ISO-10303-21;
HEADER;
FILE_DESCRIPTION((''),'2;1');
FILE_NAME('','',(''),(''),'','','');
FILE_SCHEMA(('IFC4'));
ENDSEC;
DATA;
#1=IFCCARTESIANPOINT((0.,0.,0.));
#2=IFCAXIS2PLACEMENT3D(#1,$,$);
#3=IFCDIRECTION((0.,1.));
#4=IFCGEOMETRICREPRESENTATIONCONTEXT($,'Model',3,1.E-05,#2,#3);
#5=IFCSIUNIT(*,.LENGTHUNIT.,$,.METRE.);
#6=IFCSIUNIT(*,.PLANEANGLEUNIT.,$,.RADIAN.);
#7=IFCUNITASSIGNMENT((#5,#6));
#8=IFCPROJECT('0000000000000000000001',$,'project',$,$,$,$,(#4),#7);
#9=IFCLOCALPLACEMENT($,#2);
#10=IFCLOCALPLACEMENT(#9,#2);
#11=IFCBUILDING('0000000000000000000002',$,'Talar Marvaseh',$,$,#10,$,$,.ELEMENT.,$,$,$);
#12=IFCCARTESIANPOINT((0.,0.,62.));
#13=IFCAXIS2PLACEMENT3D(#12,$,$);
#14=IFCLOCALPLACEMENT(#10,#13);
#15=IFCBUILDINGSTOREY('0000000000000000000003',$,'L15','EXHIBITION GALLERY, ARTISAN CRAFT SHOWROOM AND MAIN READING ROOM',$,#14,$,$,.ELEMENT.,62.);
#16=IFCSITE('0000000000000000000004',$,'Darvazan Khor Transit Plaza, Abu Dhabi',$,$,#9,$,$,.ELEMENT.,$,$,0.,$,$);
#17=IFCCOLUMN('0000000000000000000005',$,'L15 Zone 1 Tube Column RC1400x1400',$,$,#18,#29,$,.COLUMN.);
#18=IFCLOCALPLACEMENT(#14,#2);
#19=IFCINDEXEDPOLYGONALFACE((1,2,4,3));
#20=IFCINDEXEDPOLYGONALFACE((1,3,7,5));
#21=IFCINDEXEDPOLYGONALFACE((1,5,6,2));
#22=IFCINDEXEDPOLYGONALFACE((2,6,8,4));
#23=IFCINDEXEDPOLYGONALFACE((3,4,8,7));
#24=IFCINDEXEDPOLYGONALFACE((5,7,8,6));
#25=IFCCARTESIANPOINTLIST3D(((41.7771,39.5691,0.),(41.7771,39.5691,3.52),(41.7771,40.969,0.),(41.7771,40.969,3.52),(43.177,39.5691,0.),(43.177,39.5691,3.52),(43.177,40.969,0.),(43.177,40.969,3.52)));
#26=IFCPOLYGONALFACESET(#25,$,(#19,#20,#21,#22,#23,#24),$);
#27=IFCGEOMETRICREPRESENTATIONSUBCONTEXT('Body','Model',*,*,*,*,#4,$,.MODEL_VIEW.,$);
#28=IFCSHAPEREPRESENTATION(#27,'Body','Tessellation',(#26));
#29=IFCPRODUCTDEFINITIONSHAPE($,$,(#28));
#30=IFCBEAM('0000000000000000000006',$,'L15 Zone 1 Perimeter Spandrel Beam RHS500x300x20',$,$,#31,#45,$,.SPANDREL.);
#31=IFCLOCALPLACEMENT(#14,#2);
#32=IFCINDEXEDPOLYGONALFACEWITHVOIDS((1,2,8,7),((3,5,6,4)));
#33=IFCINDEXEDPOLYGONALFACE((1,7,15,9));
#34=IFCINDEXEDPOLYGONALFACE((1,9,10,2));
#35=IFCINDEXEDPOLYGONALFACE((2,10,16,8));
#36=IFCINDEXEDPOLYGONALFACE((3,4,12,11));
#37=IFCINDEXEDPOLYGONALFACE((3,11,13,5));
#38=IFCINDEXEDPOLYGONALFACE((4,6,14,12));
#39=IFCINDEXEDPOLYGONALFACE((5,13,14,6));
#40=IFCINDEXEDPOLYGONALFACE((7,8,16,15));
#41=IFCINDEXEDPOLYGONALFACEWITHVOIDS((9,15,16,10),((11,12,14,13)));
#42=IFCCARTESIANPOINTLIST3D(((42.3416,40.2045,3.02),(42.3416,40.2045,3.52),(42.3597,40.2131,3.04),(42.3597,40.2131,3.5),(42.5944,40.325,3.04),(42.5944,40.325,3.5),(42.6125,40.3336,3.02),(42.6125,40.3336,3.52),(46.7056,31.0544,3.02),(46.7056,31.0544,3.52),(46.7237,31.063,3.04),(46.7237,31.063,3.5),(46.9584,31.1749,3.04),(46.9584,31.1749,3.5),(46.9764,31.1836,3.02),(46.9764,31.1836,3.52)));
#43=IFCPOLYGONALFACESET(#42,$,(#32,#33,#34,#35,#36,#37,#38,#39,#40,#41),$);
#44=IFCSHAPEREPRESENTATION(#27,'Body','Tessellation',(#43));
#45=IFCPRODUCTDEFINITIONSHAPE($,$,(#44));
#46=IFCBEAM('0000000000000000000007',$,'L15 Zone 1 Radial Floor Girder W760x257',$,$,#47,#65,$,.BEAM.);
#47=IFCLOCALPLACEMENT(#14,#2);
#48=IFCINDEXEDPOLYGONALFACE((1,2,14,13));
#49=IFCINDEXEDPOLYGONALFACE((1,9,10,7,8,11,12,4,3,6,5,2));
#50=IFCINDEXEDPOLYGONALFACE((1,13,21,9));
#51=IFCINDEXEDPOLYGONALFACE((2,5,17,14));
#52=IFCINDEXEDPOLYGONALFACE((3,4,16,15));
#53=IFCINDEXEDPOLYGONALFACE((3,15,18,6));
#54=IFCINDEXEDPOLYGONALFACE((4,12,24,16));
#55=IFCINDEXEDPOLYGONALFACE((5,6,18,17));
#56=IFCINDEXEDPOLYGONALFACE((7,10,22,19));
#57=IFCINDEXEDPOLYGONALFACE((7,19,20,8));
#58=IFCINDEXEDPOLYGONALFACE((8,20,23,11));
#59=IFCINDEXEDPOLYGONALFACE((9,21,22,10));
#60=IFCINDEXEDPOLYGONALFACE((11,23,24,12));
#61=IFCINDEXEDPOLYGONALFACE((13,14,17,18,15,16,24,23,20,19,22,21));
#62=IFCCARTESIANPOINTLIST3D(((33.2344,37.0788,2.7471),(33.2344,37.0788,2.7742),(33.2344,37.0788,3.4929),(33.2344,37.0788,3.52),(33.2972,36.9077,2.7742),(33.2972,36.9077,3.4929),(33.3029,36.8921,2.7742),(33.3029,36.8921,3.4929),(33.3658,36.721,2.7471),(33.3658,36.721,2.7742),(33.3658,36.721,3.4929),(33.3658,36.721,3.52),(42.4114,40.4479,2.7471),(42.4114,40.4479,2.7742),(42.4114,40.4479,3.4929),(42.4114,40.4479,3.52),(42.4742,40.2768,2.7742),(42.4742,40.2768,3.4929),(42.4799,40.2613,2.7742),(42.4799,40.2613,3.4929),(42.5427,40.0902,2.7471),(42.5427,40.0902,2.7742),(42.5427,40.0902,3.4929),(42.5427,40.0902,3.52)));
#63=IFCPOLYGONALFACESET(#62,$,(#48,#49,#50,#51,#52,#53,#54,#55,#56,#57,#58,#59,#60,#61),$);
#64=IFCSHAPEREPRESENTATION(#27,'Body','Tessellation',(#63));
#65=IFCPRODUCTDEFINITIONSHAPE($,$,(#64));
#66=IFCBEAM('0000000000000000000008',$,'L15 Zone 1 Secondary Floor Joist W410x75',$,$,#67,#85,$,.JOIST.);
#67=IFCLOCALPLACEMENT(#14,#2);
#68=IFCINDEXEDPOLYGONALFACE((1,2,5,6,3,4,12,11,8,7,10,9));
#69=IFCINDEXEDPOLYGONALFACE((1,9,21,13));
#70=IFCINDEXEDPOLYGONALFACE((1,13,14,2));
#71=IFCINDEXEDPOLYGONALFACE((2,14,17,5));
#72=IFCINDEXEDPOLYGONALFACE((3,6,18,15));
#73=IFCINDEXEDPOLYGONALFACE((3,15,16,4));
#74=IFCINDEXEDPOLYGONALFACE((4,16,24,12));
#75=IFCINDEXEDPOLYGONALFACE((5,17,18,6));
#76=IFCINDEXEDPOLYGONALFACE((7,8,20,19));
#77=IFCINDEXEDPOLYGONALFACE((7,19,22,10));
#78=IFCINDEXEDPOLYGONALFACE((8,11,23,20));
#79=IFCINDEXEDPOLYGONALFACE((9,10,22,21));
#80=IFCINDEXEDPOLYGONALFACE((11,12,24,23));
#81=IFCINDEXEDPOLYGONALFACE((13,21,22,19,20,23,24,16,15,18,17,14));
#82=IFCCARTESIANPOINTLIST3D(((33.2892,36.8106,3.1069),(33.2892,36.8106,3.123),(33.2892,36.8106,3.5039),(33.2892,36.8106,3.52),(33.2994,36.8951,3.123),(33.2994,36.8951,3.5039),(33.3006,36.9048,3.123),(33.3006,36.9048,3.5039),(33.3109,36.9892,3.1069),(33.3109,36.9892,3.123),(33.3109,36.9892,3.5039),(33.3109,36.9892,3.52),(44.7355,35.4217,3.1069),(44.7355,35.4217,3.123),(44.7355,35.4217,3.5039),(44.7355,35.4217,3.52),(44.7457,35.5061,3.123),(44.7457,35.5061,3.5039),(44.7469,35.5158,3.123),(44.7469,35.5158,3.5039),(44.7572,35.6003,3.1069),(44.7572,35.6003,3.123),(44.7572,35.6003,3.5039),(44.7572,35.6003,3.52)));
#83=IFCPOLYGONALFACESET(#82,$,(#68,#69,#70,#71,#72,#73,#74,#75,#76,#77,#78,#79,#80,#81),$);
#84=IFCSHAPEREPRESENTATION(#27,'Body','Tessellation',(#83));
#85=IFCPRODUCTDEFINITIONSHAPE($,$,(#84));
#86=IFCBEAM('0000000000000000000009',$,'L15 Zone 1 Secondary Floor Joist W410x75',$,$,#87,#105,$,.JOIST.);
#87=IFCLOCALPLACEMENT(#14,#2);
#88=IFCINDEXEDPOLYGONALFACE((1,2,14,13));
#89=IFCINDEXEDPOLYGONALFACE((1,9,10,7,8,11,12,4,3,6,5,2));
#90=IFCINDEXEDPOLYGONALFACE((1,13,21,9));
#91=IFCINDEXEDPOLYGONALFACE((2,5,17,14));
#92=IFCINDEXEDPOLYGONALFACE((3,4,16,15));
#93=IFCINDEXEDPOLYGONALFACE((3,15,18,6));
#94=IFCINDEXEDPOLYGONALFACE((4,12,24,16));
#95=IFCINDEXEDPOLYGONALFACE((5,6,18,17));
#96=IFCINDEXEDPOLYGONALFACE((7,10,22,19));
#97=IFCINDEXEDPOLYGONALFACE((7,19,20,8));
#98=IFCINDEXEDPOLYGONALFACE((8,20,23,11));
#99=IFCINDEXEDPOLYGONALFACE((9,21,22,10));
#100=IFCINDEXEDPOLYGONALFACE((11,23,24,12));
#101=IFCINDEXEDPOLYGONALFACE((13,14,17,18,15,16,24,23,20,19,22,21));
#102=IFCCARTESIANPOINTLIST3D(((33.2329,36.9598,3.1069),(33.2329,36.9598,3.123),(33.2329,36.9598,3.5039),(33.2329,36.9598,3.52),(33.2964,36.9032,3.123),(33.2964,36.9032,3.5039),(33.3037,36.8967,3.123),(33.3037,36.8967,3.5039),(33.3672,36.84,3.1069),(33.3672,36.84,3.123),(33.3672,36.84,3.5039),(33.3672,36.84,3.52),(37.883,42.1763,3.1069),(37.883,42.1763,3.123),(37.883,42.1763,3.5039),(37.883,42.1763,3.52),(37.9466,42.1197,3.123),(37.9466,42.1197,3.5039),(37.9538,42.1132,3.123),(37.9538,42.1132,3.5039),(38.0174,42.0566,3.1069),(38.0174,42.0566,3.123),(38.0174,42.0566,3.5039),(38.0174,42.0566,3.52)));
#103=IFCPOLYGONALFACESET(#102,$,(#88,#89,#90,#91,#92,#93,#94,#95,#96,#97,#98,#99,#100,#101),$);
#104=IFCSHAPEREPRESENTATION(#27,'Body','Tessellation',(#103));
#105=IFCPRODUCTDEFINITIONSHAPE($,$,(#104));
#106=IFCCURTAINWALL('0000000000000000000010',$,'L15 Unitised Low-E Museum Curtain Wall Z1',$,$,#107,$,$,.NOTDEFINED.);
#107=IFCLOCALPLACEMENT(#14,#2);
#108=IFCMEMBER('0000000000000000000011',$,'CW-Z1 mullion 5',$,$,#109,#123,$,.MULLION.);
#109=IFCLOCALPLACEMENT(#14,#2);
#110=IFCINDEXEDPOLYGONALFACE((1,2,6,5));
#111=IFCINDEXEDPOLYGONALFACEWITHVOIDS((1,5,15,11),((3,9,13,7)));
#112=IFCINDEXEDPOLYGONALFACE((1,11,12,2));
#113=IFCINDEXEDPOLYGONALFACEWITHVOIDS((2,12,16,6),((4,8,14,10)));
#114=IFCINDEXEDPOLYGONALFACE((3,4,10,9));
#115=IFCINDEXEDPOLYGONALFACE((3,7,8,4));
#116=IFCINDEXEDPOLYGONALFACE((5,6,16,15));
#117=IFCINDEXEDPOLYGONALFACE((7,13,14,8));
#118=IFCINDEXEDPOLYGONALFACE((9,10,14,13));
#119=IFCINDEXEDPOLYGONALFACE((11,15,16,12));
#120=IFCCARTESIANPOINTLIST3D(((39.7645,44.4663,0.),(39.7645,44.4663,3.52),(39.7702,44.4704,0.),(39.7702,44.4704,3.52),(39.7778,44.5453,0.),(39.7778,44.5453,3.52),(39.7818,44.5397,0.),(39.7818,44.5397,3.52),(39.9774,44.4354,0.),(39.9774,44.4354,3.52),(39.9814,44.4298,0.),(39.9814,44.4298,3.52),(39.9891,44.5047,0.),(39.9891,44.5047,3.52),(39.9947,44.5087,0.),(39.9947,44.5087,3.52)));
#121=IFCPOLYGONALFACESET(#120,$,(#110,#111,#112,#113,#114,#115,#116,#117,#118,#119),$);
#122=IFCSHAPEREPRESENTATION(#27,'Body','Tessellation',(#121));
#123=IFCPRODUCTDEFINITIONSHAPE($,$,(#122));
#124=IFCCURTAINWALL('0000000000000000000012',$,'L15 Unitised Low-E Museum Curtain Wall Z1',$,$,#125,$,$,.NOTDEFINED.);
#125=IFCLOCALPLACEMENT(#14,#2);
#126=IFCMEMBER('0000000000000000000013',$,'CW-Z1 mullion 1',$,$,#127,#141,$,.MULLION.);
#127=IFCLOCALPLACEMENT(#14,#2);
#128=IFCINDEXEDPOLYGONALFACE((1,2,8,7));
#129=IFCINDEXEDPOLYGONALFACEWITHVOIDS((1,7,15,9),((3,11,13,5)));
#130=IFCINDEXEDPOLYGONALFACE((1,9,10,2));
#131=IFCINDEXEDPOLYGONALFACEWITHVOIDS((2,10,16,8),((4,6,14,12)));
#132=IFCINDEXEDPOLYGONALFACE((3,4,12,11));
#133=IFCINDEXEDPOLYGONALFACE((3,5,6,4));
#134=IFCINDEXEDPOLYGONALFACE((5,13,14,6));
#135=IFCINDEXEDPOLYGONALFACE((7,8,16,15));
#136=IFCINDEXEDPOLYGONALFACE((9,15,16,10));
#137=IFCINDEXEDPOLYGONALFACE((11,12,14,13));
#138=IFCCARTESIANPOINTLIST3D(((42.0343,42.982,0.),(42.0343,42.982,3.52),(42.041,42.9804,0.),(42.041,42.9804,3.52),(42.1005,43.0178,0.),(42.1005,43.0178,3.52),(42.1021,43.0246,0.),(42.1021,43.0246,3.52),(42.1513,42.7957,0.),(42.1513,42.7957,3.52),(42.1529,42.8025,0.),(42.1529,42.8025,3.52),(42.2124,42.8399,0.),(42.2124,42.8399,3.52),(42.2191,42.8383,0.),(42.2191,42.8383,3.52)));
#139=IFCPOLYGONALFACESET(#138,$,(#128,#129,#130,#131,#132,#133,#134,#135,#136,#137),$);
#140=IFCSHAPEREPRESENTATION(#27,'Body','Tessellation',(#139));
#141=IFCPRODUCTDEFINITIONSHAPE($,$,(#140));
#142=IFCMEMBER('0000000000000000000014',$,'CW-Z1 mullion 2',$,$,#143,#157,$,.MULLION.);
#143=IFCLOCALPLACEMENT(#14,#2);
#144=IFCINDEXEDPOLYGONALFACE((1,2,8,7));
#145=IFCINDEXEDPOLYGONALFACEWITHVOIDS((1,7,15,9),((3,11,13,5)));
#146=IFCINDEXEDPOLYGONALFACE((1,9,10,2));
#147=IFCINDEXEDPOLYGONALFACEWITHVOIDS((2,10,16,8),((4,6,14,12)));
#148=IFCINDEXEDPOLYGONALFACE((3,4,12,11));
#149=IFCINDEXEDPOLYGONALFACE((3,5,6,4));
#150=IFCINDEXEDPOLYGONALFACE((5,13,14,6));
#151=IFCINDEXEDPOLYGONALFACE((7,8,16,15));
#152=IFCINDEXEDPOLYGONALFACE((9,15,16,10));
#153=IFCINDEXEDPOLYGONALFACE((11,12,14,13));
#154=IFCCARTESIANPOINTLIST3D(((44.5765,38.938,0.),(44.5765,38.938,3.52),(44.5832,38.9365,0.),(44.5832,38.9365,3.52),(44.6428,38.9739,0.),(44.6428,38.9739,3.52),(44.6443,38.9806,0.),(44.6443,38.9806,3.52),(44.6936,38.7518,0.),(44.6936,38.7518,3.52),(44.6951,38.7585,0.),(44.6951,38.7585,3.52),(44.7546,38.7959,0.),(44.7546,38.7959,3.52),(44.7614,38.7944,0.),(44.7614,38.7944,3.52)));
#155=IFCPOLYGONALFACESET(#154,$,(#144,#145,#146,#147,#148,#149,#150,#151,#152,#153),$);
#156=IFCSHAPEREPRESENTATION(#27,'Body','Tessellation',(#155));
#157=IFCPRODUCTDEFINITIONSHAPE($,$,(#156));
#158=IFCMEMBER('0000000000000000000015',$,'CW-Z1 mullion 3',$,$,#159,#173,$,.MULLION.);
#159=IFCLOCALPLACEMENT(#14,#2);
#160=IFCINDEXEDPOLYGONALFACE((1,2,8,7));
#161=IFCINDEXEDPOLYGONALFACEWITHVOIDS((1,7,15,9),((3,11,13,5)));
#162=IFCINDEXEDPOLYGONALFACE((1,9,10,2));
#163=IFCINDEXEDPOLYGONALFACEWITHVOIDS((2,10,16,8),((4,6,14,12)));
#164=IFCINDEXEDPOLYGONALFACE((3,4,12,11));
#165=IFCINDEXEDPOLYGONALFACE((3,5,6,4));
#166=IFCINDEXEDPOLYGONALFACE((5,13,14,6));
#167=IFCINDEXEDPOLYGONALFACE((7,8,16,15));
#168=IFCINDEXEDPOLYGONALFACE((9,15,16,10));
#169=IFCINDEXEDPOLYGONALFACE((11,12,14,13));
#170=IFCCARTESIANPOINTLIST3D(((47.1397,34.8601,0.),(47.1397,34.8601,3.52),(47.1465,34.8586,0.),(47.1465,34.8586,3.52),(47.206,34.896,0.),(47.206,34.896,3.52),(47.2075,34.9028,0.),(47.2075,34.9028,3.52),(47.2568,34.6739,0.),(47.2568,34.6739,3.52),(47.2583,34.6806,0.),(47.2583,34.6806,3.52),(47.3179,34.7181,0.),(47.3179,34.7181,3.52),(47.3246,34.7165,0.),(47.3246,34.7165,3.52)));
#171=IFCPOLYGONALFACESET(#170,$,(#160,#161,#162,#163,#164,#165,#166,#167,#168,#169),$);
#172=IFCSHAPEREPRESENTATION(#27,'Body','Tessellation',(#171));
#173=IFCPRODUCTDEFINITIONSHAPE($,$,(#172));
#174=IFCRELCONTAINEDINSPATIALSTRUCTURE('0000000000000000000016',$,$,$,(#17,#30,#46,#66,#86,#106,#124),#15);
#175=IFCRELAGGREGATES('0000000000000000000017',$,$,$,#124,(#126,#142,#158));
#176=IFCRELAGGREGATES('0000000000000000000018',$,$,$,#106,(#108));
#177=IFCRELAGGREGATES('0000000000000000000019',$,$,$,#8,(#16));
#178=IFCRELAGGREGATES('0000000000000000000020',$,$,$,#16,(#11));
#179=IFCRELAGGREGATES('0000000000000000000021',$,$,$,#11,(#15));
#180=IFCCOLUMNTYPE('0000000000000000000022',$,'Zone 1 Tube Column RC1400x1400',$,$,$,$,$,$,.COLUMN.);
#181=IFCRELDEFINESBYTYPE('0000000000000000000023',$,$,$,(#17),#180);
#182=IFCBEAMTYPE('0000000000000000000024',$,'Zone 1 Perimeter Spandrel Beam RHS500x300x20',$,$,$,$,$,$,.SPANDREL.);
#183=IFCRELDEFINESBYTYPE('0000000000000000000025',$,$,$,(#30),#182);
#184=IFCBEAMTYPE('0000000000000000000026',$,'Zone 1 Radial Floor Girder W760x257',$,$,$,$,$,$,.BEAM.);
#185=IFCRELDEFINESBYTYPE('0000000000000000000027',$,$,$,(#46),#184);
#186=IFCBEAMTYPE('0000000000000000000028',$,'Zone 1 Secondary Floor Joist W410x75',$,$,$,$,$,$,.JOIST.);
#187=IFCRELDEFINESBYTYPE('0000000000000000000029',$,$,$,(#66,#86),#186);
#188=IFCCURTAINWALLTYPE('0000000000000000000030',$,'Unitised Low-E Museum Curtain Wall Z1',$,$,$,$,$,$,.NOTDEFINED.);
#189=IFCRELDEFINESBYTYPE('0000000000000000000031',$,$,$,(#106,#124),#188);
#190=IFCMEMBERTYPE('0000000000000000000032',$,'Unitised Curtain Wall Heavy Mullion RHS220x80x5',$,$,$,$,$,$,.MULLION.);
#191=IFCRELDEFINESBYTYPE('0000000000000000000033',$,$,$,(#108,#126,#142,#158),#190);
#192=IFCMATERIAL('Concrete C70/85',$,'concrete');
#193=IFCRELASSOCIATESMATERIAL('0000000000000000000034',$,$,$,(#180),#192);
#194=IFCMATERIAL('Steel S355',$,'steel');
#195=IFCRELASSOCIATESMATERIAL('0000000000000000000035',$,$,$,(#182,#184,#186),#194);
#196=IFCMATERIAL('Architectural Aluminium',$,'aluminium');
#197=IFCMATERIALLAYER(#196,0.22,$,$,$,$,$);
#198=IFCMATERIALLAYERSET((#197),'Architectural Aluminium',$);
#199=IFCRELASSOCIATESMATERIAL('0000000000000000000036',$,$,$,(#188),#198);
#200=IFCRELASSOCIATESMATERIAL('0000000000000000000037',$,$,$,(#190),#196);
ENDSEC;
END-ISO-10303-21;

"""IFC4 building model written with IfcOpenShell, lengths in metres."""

from ifc_helpers import new_model, si_unit, direction, frame, origin, origin_2d, place, context, subcontext, project, spatial, rectangle, hollow_rectangle, i_section, extrude, source, transform, mapped, material, layer, layer_set, material_profile, profile_set, type_object, type_shapes, element, aggregate, save


model = new_model("IFC4")

# Units and contexts
model_context = context("Model", 3, precision=1e-05, world=origin(), true_north=direction((0.0, 1.0)))
body_context = subcontext(model_context, "Body", "Model", "MODEL_VIEW")
ifc_project = project(units=[si_unit("LENGTHUNIT", "METRE"), si_unit("PLANEANGLEUNIT", "RADIAN")], contexts=[model_context])

# Site, building, storey
site_placement = place(None, origin())
site = spatial("IfcSite", under=ifc_project, at=site_placement, Name="Darvazan Khor Transit Plaza, Abu Dhabi", CompositionType="ELEMENT", RefElevation=0.0)
building_placement = place(site_placement, origin())
building = spatial("IfcBuilding", under=site, at=building_placement, Name="Talar Marvaseh", CompositionType="ELEMENT")
storey_placement = place(building_placement, frame((0.0, 0.0, 62.0)))
storey = spatial("IfcBuildingStorey", under=building, at=storey_placement, Name="L15", Description="EXHIBITION GALLERY, ARTISAN CRAFT SHOWROOM AND MAIN READING ROOM", CompositionType="ELEMENT", Elevation=62.0)

# Column
ifc_material_1 = material(Name="Concrete C70/85", Category="concrete")
ifc_material_profile_1 = material_profile(ifc_material_1, rectangle(XDim=1.3999, YDim=1.3999, at=origin_2d()), Name="RC1400x1400")
ifc_profile_set_1 = profile_set([ifc_material_profile_1], Name="Concrete C70/85")
column_type = type_object("IfcColumnType", Name="Zone 1 Tube Column RC1400x1400", PredefinedType="COLUMN", material=ifc_profile_set_1)
column_placement = place(storey_placement, frame((42.4771, 40.269, 0.0), z_axis=(0.0, 0.0, 1.0), x_axis=(1.0, 0.0, 0.0)))
element("IfcColumn", 1, at=column_placement, inside=storey, type_object=column_type, Name="L15 Zone 1 Tube Column RC1400x1400", PredefinedType="COLUMN", context=body_context, shape_type="SweptSolid", body=[
    extrude(rectangle(XDim=1.3999, YDim=1.3999, at=origin_2d()), origin(), (0.0, 0.0, 1.0), 3.52),
])

# Beams
ifc_material_2 = material(Name="Steel S355", Category="steel")
ifc_material_profile_2 = material_profile(ifc_material_2, hollow_rectangle(XDim=0.3, YDim=0.5, WallThickness=0.02, at=origin_2d()), Name="RHS500x300x20")
ifc_profile_set_2 = profile_set([ifc_material_profile_2], Name="Steel S355")
beam_type_1 = type_object("IfcBeamType", Name="Zone 1 Perimeter Spandrel Beam RHS500x300x20", PredefinedType="SPANDREL", material=ifc_profile_set_2)
beam_1_placement = place(storey_placement, frame((42.4771, 40.269, 3.27), z_axis=(0.43048, -0.9026, 0.0), x_axis=(0.9026, 0.43048, 0.0)))
element("IfcBeam", 2, at=beam_1_placement, inside=storey, type_object=beam_type_1, Name="L15 Zone 1 Perimeter Spandrel Beam RHS500x300x20", PredefinedType="SPANDREL", context=body_context, shape_type="SweptSolid", body=[
    extrude(hollow_rectangle(XDim=0.3, YDim=0.5, WallThickness=0.02, at=origin_2d()), origin(), (0.0, 0.0, 1.0), 10.1375),
])
ifc_material_profile_3 = material_profile(ifc_material_2, i_section(OverallWidth=0.3811, OverallDepth=0.7729, WebThickness=0.0166, FlangeThickness=0.0271, at=origin_2d()), Name="W760x257")
ifc_profile_set_3 = profile_set([ifc_material_profile_3], Name="Steel S355")
beam_type_2 = type_object("IfcBeamType", Name="Zone 1 Radial Floor Girder W760x257", PredefinedType="BEAM", material=ifc_profile_set_3)
beam_2_placement = place(storey_placement, frame((42.4771, 40.269, 3.1335), z_axis=(-0.938736, -0.344637, 0.0), x_axis=(0.344637, -0.938736, 0.0)))
element("IfcBeam", 3, at=beam_2_placement, inside=storey, type_object=beam_type_2, Name="L15 Zone 1 Radial Floor Girder W760x257", PredefinedType="BEAM", context=body_context, shape_type="SweptSolid", body=[
    extrude(i_section(OverallWidth=0.3811, OverallDepth=0.7729, WebThickness=0.0166, FlangeThickness=0.0271, at=origin_2d()), origin(), (0.0, 0.0, 1.0), 9.7759),
])
ifc_material_profile_4 = material_profile(ifc_material_2, i_section(OverallWidth=0.1799, OverallDepth=0.4131, WebThickness=0.0098, FlangeThickness=0.0161, at=origin_2d()), Name="W410x75")
ifc_profile_set_4 = profile_set([ifc_material_profile_4], Name="Steel S355")
beam_type_3 = type_object("IfcBeamType", Name="Zone 1 Secondary Floor Joist W410x75", PredefinedType="JOIST", material=ifc_profile_set_4)
beam_3_placement = place(storey_placement, frame((44.7463, 35.511, 3.3135), z_axis=(-0.992718, 0.120458, 0.0), x_axis=(-0.120458, -0.992718, 0.0)))
element("IfcBeam", 4, at=beam_3_placement, inside=storey, type_object=beam_type_3, Name="L15 Zone 1 Secondary Floor Joist W410x75", PredefinedType="JOIST", context=body_context, shape_type="SweptSolid", body=[
    extrude(i_section(OverallWidth=0.1799, OverallDepth=0.4131, WebThickness=0.0098, FlangeThickness=0.0161, at=origin_2d()), origin(), (0.0, 0.0, 1.0), 11.5303),
])
beam_4_placement = place(storey_placement, frame((37.9502, 42.1165, 3.3135), z_axis=(-0.665419, -0.74647, 0.0), x_axis=(0.74647, -0.665419, 0.0)))
element("IfcBeam", 5, at=beam_4_placement, inside=storey, type_object=beam_type_3, Name="L15 Zone 1 Secondary Floor Joist W410x75", PredefinedType="JOIST", context=body_context, shape_type="SweptSolid", body=[
    extrude(i_section(OverallWidth=0.1799, OverallDepth=0.4131, WebThickness=0.0098, FlangeThickness=0.0161, at=origin_2d()), origin(), (0.0, 0.0, 1.0), 6.9883),
])

# Curtain wall, member
ifc_material_3 = material(Name="Architectural Aluminium", Category="aluminium")
ifc_layer_1 = layer(ifc_material_3, 0.22)
ifc_layer_set_1 = layer_set([ifc_layer_1], Name="Architectural Aluminium")
curtain_wall_type = type_object("IfcCurtainWallType", Name="Unitised Low-E Museum Curtain Wall Z1", PredefinedType="NOTDEFINED", material=ifc_layer_set_1)
curtain_wall_1_placement = place(storey_placement, origin())
curtain_wall_1 = element("IfcCurtainWall", 6, at=curtain_wall_1_placement, inside=storey, type_object=curtain_wall_type, Name="L15 Unitised Low-E Museum Curtain Wall Z1", PredefinedType="NOTDEFINED")
ifc_material_profile_5 = material_profile(ifc_material_3, hollow_rectangle(XDim=0.0801, YDim=0.22, WallThickness=0.0049, at=origin_2d()), Name="RHS220x80x5")
ifc_profile_set_5 = profile_set([ifc_material_profile_5], Name="Architectural Aluminium")
member_type_1 = type_object("IfcMemberType", Name="Unitised Curtain Wall Heavy Mullion RHS220x80x5", PredefinedType="MULLION", material=ifc_profile_set_5)
shared_shape_1 = source(origin(), body_context, "Body", "SweptSolid", [
    extrude(hollow_rectangle(XDim=0.0801, YDim=0.22, WallThickness=0.0049, at=origin_2d()), origin(), (0.0, 0.0, 1.0), 3.52),
])
type_shapes(member_type_1, [shared_shape_1])
member_1_placement = place(storey_placement, frame((39.8796, 44.4875, 0.0), z_axis=(0.0, 0.0, 1.0), x_axis=(0.166215, 0.98609, 0.0)))
member_1 = element("IfcMember", 7, at=member_1_placement, type_object=member_type_1, Name="CW-Z1 mullion 5", PredefinedType="MULLION", context=body_context, shape_type="MappedRepresentation", body=[
    mapped(shared_shape_1, transform((0.0, 0.0, 0.0), x_axis=(1.0, 0.0, 0.0), y_axis=(0.0, 1.0, 0.0), z_axis=(0.0, 0.0, 1.0), scale=1.0)),
])

# Curtain wall, members
curtain_wall_2_placement = place(storey_placement, origin())
curtain_wall_2 = element("IfcCurtainWall", 8, at=curtain_wall_2_placement, inside=storey, type_object=curtain_wall_type, Name="L15 Unitised Low-E Museum Curtain Wall Z1", PredefinedType="NOTDEFINED")
member_2_placement = place(storey_placement, frame((42.1267, 42.9102, 0.0), z_axis=(0.0, 0.0, 1.0), x_axis=(0.846622, 0.532195, 0.0)))
member_2 = element("IfcMember", 9, at=member_2_placement, type_object=member_type_1, Name="CW-Z1 mullion 1", PredefinedType="MULLION", context=body_context, shape_type="MappedRepresentation", body=[
    mapped(shared_shape_1, transform((0.0, 0.0, 0.0), x_axis=(1.0, 0.0, 0.0), y_axis=(0.0, 1.0, 0.0), z_axis=(0.0, 0.0, 1.0), scale=1.0)),
])
member_3_placement = place(storey_placement, frame((44.6689, 38.8662, 0.0), z_axis=(0.0, 0.0, 1.0), x_axis=(0.846622, 0.532195, 0.0)))
member_3 = element("IfcMember", 10, at=member_3_placement, type_object=member_type_1, Name="CW-Z1 mullion 2", PredefinedType="MULLION", context=body_context, shape_type="MappedRepresentation", body=[
    mapped(shared_shape_1, transform((0.0, 0.0, 0.0), x_axis=(1.0, 0.0, 0.0), y_axis=(0.0, 1.0, 0.0), z_axis=(0.0, 0.0, 1.0), scale=1.0)),
])
member_4_placement = place(storey_placement, frame((47.2322, 34.7883, 0.0), z_axis=(0.0, 0.0, 1.0), x_axis=(0.846622, 0.532195, 0.0)))
member_4 = element("IfcMember", 11, at=member_4_placement, type_object=member_type_1, Name="CW-Z1 mullion 3", PredefinedType="MULLION", context=body_context, shape_type="MappedRepresentation", body=[
    mapped(shared_shape_1, transform((0.0, 0.0, 0.0), x_axis=(1.0, 0.0, 0.0), y_axis=(0.0, 1.0, 0.0), z_axis=(0.0, 0.0, 1.0), scale=1.0)),
])
aggregate(curtain_wall_2, [member_2, member_3, member_4])

aggregate(curtain_wall_1, [member_1])

save(model, "model.ifc")
